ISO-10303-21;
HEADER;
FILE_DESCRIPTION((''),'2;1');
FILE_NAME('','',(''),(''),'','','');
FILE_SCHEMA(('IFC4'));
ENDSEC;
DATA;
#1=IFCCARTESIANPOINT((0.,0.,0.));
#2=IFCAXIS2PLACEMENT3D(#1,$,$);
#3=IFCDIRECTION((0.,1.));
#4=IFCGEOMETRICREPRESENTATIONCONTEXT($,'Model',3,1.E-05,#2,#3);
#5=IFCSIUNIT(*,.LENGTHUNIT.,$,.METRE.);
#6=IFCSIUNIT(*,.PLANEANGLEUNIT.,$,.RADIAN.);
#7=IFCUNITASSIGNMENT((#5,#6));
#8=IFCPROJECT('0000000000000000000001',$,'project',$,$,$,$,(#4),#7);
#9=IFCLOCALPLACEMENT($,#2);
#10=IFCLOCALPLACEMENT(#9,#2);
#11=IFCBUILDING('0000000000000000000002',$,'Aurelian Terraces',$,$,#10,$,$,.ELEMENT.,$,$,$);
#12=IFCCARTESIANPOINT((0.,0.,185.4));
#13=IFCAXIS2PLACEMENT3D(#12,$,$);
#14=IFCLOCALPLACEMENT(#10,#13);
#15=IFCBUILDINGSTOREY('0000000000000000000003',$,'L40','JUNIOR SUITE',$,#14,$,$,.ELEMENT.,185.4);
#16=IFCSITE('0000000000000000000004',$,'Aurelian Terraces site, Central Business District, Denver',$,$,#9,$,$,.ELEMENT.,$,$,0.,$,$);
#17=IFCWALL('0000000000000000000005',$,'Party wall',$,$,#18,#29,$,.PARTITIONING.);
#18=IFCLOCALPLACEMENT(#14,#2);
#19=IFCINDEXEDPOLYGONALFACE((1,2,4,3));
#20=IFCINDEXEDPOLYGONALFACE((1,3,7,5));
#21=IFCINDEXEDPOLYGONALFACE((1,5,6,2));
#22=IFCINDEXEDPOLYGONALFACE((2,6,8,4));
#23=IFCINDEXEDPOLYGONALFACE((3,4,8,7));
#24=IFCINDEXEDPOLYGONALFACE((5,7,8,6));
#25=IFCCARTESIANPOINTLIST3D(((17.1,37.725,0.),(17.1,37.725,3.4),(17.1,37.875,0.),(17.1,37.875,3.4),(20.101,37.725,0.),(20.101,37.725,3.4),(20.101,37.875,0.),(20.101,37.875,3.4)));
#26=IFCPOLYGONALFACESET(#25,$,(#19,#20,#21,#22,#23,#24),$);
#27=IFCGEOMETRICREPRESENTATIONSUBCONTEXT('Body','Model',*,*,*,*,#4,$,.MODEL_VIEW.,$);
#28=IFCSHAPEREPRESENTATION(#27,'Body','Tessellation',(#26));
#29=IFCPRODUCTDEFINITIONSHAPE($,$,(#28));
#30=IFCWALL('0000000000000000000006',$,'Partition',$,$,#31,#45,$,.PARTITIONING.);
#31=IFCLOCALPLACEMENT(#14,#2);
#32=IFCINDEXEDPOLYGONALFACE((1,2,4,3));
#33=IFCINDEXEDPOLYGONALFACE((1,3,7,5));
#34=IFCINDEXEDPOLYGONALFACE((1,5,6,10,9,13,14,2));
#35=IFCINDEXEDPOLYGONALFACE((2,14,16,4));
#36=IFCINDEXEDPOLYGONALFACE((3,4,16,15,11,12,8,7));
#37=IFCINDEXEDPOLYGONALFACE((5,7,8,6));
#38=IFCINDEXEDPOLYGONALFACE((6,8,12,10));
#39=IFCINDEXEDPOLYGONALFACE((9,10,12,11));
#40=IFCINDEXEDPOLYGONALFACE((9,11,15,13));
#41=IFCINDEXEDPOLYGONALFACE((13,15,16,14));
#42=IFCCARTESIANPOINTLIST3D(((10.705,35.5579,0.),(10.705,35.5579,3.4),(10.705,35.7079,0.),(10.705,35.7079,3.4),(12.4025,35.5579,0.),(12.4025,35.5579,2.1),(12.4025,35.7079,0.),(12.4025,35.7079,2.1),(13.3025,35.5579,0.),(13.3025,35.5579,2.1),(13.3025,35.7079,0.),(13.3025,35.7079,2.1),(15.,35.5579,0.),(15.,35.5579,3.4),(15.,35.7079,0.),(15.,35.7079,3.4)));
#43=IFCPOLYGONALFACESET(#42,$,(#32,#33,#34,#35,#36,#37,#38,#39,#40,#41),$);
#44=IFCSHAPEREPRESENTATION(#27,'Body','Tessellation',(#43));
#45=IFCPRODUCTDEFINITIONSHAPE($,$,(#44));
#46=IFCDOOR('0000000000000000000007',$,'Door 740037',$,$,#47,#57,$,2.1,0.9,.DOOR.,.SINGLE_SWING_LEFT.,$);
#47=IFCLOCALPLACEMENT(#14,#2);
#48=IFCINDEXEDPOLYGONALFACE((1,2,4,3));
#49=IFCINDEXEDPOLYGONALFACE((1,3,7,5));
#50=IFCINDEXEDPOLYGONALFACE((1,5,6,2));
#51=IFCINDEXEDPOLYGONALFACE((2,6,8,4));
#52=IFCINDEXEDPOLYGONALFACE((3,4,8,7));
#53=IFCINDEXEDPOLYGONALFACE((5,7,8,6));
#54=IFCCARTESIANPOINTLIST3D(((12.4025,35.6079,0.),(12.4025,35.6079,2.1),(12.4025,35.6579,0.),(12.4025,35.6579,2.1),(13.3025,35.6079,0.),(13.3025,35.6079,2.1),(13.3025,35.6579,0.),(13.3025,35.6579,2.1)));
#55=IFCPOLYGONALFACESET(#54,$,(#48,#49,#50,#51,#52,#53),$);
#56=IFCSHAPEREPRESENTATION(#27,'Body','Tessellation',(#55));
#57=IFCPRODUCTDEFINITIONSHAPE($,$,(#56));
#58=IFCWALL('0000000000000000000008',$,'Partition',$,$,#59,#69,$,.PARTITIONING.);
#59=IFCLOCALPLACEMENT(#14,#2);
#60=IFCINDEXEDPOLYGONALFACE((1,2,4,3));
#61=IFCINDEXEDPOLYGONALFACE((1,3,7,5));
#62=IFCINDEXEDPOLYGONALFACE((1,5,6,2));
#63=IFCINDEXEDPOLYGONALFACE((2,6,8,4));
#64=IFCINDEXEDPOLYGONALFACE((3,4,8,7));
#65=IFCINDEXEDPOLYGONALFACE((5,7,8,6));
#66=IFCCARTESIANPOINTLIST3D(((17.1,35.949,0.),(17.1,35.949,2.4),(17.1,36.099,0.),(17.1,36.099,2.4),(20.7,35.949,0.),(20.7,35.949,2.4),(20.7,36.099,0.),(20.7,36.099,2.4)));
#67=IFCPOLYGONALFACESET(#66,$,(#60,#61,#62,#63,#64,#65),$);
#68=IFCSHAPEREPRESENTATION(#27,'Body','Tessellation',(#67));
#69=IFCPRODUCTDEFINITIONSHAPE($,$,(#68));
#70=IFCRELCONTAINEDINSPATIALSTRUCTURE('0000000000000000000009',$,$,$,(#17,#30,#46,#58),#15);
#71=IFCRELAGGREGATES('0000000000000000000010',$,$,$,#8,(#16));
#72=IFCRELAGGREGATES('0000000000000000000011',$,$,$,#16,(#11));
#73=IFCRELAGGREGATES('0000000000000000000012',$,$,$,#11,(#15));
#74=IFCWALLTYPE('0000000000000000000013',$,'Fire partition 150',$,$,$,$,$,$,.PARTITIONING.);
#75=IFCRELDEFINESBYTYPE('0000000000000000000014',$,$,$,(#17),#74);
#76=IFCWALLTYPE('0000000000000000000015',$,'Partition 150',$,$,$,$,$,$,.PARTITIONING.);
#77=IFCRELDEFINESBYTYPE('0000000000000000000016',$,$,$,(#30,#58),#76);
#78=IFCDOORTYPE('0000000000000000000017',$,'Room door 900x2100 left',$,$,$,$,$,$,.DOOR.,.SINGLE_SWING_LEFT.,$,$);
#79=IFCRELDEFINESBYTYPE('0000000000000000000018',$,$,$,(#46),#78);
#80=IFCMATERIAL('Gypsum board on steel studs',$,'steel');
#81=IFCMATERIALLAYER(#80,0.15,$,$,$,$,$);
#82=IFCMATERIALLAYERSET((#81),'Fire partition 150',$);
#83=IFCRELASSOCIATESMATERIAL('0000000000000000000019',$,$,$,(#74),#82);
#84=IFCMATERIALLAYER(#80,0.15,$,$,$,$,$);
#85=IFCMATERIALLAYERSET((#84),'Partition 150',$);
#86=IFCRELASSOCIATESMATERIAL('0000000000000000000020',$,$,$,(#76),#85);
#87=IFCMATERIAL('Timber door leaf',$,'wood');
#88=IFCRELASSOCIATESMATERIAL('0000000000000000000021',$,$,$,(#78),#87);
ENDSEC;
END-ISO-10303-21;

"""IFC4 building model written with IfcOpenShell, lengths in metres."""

from ifc_helpers import new_model, si_unit, direction, frame, frame_2d, origin, place, context, subcontext, project, spatial, rectangle, extrude, source, transform, mapped, material, layer, layer_set, type_object, element, fill, save


model = new_model("IFC4")

# Units and contexts
model_context = context("Model", 3, precision=1e-05, world=origin(), true_north=direction((0.0, 1.0)))
body_context = subcontext(model_context, "Body", "Model", "MODEL_VIEW")
ifc_project = project(units=[si_unit("LENGTHUNIT", "METRE"), si_unit("PLANEANGLEUNIT", "RADIAN")], contexts=[model_context])

# Site, building, storey
site_placement = place(None, origin())
site = spatial("IfcSite", under=ifc_project, at=site_placement, Name="Aurelian Terraces site, Central Business District, Denver", CompositionType="ELEMENT", RefElevation=0.0)
building_placement = place(site_placement, origin())
building = spatial("IfcBuilding", under=site, at=building_placement, Name="Aurelian Terraces", CompositionType="ELEMENT")
storey_placement = place(building_placement, frame((0.0, 0.0, 185.4)))
storey = spatial("IfcBuildingStorey", under=building, at=storey_placement, Name="L40", Description="JUNIOR SUITE", CompositionType="ELEMENT", Elevation=185.4)

# Shared definitions
ifc_material_1 = material(Name="Gypsum board on steel studs", Category="steel")
ifc_layer_1 = layer(ifc_material_1, 0.15)
ifc_layer_set_1 = layer_set([ifc_layer_1], Name="Fire partition 150")
wall_type_1 = type_object("IfcWallType", Name="Fire partition 150", PredefinedType="PARTITIONING", material=ifc_layer_set_1)
shared_shape_1 = source(origin(), body_context, "Body", "SweptSolid", [
    extrude(rectangle(XDim=0.9, YDim=2.1, at=frame_2d((0.45, 1.05))), frame((0.0, 0.085, 0.0), z_axis=(0.0, -1.0, 0.0), x_axis=(1.0, 0.0, 0.0)), (0.0, 0.0, 1.0), 0.17),
])
shared_shape_2 = source(origin(), body_context, "Body", "SweptSolid", [
    extrude(rectangle(XDim=0.9, YDim=2.1, at=frame_2d((0.45, 1.05))), frame((0.0, 0.025, 0.0), z_axis=(0.0, -1.0, 0.0), x_axis=(1.0, 0.0, 0.0)), (0.0, 0.0, 1.0), 0.05),
])

# Shared definitions
ifc_layer_2 = layer(ifc_material_1, 0.15)
ifc_layer_set_2 = layer_set([ifc_layer_2], Name="Partition 150")
wall_type_2 = type_object("IfcWallType", Name="Partition 150", PredefinedType="PARTITIONING", material=ifc_layer_set_2)

# Shared definitions
ifc_material_2 = material(Name="Timber door leaf", Category="wood")

# Wall
shared_shape_3 = source(origin(), body_context, "Body", "SweptSolid", [
    extrude(rectangle(XDim=3.001, YDim=0.15, at=frame_2d((1.5005, 0.0))), origin(), (0.0, 0.0, 1.0), 3.4),
])
wall_1_placement = place(storey_placement, frame((20.101, 37.8, 0.0), z_axis=(0.0, 0.0, 1.0), x_axis=(-1.0, 0.0, 0.0)))
element("IfcWall", 1, at=wall_1_placement, inside=storey, type_object=wall_type_1, Name="Party wall", PredefinedType="PARTITIONING", context=body_context, shape_type="MappedRepresentation", body=[
    mapped(shared_shape_3, transform((0.0, 0.0, 0.0), scale=1.0)),
])

# Wall, opening, door
shared_shape_4 = source(origin(), body_context, "Body", "SweptSolid", [
    extrude(rectangle(XDim=4.295, YDim=0.15, at=frame_2d((2.1475, 0.0))), origin(), (0.0, 0.0, 1.0), 3.4),
])
wall_2_placement = place(storey_placement, frame((15.0, 35.6329, 0.0), z_axis=(0.0, 0.0, 1.0), x_axis=(-1.0, 0.0, 0.0)))
wall_2 = element("IfcWall", 2, at=wall_2_placement, inside=storey, type_object=wall_type_2, Name="Partition", PredefinedType="PARTITIONING", context=body_context, shape_type="MappedRepresentation", body=[
    mapped(shared_shape_4, transform((0.0, 0.0, 0.0), scale=1.0)),
])
opening_1_placement = place(wall_2_placement, frame((1.6975, 0.0, 0.0)))
opening_1 = element("IfcOpeningElement", 3, at=opening_1_placement, cuts=wall_2, PredefinedType="OPENING", context=body_context, shape_type="MappedRepresentation", body=[
    mapped(shared_shape_1, transform((0.0, 0.0, 0.0), scale=1.0)),
])
door_type_1 = type_object("IfcDoorType", Name="Room door 900x2100 left", OperationType="SINGLE_SWING_LEFT", PredefinedType="DOOR", material=ifc_material_2)
door_1_placement = place(opening_1_placement, origin())
door_1 = element("IfcDoor", 4, at=door_1_placement, inside=storey, type_object=door_type_1, Name="Door 740037", OperationType="SINGLE_SWING_LEFT", OverallHeight=2.1, OverallWidth=0.9, PredefinedType="DOOR", context=body_context, shape_type="MappedRepresentation", body=[
    mapped(shared_shape_2, transform((0.0, 0.0, 0.0), scale=1.0)),
])
fill(opening_1, door_1)

# Wall
shared_shape_5 = source(origin(), body_context, "Body", "SweptSolid", [
    extrude(rectangle(XDim=3.6, YDim=0.15, at=frame_2d((1.8, 0.0))), origin(), (0.0, 0.0, 1.0), 2.4),
])
wall_3_placement = place(storey_placement, frame((17.1, 36.024, 0.0), z_axis=(0.0, 0.0, 1.0), x_axis=(1.0, 0.0, 0.0)))
element("IfcWall", 5, at=wall_3_placement, inside=storey, type_object=wall_type_2, Name="Partition", PredefinedType="PARTITIONING", context=body_context, shape_type="MappedRepresentation", body=[
    mapped(shared_shape_5, transform((0.0, 0.0, 0.0), scale=1.0)),
])

save(model, "model.ifc")
